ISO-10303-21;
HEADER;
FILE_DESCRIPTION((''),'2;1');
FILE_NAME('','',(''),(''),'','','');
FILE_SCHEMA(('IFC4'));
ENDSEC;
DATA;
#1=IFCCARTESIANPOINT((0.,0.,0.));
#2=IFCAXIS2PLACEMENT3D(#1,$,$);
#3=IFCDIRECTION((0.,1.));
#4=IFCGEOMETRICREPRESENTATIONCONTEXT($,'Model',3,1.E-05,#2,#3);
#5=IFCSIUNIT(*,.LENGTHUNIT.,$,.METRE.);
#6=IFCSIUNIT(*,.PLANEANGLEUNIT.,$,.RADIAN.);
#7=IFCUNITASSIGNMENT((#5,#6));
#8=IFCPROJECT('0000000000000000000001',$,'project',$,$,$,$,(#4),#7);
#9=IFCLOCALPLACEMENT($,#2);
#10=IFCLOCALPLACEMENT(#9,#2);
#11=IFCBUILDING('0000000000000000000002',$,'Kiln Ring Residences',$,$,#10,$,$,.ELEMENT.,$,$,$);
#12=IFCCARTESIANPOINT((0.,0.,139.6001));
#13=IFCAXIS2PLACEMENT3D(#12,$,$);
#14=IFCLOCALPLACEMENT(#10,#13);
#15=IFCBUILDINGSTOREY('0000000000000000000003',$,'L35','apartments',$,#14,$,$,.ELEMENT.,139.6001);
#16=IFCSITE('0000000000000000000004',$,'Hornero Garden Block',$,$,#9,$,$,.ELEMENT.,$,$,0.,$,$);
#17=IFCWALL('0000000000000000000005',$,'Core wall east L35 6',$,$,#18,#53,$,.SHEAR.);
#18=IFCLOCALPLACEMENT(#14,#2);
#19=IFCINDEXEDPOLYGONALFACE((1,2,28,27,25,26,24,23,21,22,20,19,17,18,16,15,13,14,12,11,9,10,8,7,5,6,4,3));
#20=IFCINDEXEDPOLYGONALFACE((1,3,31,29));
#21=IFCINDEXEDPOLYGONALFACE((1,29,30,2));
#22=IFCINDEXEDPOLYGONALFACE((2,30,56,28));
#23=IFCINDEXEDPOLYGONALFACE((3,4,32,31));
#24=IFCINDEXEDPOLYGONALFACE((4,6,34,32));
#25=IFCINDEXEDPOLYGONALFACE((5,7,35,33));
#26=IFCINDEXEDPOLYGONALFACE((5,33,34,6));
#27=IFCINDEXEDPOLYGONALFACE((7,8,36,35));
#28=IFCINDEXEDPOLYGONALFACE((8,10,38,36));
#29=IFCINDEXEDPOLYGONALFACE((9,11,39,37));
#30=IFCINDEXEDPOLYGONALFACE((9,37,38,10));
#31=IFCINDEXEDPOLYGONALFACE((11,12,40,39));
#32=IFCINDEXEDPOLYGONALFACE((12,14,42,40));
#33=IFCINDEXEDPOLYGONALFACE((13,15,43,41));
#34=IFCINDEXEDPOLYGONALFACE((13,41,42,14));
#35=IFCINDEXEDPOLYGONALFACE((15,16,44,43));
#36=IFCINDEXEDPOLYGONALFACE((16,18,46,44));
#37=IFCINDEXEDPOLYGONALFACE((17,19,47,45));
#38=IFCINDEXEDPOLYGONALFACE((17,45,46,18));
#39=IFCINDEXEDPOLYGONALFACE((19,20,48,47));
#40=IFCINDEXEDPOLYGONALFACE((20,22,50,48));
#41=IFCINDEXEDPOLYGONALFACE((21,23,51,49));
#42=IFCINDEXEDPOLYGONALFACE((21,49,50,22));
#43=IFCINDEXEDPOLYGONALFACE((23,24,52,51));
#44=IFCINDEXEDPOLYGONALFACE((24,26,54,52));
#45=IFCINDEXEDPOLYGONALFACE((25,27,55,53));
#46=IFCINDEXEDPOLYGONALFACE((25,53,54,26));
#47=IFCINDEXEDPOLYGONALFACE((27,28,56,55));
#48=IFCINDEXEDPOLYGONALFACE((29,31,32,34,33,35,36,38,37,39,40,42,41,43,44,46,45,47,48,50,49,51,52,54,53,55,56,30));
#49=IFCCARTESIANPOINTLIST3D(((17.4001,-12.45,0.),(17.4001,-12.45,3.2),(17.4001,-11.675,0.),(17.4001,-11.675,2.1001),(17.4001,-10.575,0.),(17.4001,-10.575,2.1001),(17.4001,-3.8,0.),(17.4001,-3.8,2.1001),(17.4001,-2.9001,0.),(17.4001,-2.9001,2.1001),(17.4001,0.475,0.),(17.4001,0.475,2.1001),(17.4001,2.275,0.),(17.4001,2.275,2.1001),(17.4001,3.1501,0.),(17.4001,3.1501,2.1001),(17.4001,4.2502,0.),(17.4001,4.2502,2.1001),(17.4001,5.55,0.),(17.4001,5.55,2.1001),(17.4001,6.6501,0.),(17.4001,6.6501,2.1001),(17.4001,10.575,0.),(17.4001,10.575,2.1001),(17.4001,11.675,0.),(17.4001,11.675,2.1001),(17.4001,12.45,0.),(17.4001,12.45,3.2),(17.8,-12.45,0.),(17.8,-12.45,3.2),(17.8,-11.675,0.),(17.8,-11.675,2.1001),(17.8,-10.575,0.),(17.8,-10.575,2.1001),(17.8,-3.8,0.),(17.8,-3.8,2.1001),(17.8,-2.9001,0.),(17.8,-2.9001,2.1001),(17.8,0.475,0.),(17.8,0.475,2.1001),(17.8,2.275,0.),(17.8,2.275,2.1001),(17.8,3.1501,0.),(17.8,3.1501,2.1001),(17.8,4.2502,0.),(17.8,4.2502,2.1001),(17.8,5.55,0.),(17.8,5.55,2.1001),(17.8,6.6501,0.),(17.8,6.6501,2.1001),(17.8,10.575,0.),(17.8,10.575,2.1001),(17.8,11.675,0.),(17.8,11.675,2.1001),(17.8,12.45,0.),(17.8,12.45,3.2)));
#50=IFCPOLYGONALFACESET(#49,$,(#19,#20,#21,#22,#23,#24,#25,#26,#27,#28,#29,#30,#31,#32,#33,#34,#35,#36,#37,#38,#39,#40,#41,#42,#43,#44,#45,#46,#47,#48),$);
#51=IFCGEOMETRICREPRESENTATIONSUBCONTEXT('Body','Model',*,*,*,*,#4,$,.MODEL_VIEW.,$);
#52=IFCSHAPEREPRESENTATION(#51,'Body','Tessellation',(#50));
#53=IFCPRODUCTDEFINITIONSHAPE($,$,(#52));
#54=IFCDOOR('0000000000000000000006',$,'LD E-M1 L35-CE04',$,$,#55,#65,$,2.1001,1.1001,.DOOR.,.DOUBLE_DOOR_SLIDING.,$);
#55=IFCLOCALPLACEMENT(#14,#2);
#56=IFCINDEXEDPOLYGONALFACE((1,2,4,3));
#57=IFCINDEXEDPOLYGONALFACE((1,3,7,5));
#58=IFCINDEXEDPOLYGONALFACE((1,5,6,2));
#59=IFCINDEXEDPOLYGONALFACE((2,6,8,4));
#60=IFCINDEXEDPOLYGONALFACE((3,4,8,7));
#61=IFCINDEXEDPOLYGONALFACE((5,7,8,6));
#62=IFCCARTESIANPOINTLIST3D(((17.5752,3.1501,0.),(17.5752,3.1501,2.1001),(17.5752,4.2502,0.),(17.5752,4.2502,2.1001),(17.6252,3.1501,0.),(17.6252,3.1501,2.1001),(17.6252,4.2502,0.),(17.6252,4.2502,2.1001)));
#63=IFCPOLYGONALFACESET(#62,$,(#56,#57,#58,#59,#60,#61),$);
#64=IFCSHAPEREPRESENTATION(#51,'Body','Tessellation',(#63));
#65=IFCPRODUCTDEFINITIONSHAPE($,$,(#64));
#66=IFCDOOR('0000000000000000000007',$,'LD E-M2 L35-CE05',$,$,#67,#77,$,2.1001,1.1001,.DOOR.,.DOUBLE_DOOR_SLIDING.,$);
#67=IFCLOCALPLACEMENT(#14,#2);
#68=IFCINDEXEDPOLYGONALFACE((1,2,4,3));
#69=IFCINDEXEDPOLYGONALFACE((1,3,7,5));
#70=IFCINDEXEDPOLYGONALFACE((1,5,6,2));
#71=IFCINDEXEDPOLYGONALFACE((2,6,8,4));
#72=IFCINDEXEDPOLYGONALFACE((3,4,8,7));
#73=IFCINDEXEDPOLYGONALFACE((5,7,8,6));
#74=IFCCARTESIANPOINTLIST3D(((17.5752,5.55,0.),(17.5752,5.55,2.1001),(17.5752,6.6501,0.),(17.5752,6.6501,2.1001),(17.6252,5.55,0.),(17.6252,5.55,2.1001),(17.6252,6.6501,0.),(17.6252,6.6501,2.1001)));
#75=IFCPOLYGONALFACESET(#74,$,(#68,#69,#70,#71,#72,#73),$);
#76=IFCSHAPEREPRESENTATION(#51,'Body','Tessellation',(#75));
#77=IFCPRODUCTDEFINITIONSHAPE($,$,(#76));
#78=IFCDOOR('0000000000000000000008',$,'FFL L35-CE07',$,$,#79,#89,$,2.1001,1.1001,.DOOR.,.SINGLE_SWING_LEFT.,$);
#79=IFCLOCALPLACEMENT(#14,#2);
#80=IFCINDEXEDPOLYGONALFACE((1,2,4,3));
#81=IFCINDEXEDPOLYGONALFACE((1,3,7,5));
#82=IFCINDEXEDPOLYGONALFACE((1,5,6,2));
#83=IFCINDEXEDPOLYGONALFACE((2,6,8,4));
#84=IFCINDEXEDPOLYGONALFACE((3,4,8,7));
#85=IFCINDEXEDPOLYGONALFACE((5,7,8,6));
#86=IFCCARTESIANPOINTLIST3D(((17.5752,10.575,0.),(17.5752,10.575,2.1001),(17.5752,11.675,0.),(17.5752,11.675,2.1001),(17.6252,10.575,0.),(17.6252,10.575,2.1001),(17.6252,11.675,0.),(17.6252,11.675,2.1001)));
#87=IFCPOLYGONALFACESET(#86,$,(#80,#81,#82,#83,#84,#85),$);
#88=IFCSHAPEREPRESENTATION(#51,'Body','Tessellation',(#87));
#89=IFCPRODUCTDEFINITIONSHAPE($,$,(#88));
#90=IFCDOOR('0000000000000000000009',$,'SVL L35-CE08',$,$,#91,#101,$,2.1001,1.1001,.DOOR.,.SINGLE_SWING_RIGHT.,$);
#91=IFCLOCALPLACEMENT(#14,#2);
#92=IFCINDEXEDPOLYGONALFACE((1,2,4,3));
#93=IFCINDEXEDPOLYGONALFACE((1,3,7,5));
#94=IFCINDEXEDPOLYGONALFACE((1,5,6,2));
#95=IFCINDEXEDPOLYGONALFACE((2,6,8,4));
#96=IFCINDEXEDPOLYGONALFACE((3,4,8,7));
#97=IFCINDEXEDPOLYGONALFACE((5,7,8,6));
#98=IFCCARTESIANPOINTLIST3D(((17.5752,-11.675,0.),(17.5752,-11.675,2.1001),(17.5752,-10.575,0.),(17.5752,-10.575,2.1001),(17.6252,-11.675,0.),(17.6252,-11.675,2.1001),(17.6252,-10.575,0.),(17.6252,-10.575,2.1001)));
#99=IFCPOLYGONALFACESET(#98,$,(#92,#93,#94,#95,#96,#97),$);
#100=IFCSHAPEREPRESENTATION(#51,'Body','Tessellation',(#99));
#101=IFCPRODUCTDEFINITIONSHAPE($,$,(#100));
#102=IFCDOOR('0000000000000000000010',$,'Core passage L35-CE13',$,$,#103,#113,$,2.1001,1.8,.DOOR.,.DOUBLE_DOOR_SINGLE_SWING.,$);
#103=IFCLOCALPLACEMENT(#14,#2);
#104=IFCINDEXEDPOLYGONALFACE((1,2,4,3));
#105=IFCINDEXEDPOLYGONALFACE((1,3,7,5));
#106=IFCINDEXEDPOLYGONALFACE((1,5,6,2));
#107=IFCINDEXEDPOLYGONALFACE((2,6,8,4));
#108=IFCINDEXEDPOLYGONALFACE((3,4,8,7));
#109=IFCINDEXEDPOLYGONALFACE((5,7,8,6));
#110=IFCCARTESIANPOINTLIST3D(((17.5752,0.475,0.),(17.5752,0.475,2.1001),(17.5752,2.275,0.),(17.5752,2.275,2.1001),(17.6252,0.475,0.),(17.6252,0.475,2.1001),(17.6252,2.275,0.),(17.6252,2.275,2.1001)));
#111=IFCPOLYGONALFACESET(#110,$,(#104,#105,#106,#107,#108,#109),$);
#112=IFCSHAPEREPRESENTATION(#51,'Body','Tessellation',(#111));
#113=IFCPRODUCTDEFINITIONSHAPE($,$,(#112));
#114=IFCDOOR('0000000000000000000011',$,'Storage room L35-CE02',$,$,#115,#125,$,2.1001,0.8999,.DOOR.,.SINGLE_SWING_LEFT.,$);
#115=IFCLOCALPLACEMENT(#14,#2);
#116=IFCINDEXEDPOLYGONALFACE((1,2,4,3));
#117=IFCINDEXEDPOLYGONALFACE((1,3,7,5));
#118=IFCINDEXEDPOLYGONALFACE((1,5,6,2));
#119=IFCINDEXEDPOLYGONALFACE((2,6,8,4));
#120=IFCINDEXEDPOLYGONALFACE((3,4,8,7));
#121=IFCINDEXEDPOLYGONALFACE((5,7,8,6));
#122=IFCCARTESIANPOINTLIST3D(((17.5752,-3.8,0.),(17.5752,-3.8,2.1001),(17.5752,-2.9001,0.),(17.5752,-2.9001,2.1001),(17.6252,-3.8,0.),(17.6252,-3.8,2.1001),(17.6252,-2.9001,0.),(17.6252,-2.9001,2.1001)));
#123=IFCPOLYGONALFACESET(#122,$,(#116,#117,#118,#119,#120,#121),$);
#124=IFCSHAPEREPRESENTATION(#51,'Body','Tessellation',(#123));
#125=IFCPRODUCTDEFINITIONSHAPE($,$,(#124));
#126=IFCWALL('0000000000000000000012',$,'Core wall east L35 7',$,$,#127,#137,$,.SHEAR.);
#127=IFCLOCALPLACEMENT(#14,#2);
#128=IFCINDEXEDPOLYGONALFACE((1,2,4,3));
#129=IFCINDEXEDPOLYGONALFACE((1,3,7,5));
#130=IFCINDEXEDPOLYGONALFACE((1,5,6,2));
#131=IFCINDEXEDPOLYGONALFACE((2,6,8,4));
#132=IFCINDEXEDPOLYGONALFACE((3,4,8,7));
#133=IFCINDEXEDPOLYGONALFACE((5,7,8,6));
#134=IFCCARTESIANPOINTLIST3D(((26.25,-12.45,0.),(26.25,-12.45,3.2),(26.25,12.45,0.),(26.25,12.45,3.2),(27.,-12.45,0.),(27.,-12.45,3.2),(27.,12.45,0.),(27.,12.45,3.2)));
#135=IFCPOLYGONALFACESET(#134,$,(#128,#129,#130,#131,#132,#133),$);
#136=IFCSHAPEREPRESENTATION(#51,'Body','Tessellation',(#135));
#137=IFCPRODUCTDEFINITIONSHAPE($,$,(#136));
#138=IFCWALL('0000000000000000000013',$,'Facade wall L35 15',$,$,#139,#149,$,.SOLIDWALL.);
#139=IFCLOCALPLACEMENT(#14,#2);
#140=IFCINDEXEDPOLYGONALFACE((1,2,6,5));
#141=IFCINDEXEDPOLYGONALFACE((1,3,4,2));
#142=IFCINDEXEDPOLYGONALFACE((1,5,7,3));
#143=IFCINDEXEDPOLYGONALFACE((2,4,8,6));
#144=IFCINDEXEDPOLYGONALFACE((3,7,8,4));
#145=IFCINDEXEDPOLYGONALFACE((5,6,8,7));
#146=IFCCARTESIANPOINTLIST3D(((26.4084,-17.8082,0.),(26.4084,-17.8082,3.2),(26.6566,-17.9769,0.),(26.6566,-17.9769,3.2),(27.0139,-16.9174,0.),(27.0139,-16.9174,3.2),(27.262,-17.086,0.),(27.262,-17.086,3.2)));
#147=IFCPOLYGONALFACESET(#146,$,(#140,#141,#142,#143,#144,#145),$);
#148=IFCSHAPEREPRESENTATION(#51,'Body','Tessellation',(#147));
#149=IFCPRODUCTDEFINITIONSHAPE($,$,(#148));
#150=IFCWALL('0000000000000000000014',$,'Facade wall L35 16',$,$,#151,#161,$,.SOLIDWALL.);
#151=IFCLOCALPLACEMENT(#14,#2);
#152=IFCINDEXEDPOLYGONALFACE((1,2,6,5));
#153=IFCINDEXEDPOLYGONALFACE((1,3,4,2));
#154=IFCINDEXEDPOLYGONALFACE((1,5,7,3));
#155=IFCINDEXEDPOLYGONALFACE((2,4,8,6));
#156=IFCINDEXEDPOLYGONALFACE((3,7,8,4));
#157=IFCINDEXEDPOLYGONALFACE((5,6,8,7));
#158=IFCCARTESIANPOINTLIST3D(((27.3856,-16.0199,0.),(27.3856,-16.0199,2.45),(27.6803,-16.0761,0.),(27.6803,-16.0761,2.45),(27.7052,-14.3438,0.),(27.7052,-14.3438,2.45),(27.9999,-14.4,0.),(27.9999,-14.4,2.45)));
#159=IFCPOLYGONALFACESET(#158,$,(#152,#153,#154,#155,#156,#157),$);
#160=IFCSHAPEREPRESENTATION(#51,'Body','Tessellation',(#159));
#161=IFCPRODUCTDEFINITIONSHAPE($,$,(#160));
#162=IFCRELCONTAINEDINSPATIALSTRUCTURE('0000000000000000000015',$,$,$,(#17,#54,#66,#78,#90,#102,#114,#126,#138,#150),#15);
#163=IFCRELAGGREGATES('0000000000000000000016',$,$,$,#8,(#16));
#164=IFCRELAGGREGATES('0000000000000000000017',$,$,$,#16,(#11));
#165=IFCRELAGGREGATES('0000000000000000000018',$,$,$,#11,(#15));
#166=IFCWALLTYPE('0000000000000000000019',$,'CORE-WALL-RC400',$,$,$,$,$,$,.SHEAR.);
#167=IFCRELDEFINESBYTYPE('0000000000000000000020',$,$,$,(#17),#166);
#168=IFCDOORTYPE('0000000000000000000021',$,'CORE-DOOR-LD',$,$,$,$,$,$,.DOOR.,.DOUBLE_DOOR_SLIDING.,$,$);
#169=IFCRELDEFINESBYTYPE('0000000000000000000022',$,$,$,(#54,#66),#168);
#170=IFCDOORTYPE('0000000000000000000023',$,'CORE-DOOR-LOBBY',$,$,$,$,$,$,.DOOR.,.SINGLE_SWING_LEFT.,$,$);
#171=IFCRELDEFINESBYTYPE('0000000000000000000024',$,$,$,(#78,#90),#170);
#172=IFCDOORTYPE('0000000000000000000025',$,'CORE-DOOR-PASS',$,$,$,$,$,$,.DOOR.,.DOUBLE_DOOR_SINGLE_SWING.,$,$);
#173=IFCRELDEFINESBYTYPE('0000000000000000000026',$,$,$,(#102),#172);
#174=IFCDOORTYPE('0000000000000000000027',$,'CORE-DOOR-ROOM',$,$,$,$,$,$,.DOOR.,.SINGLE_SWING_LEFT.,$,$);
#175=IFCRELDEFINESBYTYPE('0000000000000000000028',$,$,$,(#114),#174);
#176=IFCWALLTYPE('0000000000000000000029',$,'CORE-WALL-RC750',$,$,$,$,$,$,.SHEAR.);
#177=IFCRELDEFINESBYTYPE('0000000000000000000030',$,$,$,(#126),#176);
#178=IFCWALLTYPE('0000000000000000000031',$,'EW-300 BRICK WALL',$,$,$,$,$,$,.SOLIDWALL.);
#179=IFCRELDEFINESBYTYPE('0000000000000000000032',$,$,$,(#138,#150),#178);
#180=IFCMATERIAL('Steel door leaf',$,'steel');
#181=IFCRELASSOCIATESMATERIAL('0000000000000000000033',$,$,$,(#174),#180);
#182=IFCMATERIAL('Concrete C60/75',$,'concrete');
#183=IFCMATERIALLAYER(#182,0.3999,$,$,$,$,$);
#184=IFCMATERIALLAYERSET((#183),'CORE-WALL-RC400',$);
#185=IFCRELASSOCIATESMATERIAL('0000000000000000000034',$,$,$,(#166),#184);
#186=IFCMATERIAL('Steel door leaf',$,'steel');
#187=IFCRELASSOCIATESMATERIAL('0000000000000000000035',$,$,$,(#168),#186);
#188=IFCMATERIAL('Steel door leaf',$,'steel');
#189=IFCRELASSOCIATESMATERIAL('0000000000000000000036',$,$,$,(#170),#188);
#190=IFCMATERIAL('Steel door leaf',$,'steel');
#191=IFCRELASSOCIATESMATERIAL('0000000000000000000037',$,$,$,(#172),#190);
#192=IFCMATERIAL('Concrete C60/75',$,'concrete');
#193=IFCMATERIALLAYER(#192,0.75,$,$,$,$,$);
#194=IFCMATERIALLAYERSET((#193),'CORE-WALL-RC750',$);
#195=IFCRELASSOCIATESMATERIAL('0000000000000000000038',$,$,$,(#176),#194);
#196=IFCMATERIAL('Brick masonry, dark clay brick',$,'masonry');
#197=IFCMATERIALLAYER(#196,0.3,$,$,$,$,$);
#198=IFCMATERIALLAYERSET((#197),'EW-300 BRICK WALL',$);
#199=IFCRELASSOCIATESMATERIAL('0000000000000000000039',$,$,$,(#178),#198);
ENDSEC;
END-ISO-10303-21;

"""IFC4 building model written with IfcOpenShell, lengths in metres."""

from ifc_helpers import new_model, si_unit, direction, frame, frame_2d, origin, place, context, subcontext, project, spatial, rectangle, extrude, material, layer, layer_set, type_object, element, fill, save


model = new_model("IFC4")

# Units and contexts
model_context = context("Model", 3, precision=1e-05, world=origin(), true_north=direction((0.0, 1.0)))
body_context = subcontext(model_context, "Body", "Model", "MODEL_VIEW")
ifc_project = project(units=[si_unit("LENGTHUNIT", "METRE"), si_unit("PLANEANGLEUNIT", "RADIAN")], contexts=[model_context])

# Site, building, storey
site_placement = place(None, origin())
site = spatial("IfcSite", under=ifc_project, at=site_placement, Name="Hornero Garden Block", CompositionType="ELEMENT", RefElevation=0.0)
building_placement = place(site_placement, origin())
building = spatial("IfcBuilding", under=site, at=building_placement, Name="Kiln Ring Residences", CompositionType="ELEMENT")
storey_placement = place(building_placement, frame((0.0, 0.0, 139.6001)))
storey = spatial("IfcBuildingStorey", under=building, at=storey_placement, Name="L35", Description="apartments", CompositionType="ELEMENT", Elevation=139.6001)

# Shared definitions
ifc_material_1 = material(Name="Steel door leaf", Category="steel")
door_type_1 = type_object("IfcDoorType", Name="CORE-DOOR-ROOM", OperationType="SINGLE_SWING_LEFT", PredefinedType="DOOR", material=ifc_material_1)

# Wall, openings, doors
ifc_material_2 = material(Name="Concrete C60/75", Category="concrete")
ifc_layer_1 = layer(ifc_material_2, 0.3999)
ifc_layer_set_1 = layer_set([ifc_layer_1], Name="CORE-WALL-RC400")
wall_type_1 = type_object("IfcWallType", Name="CORE-WALL-RC400", PredefinedType="SHEAR", material=ifc_layer_set_1)
wall_1_placement = place(storey_placement, frame((17.6001, -12.45, 0.0), z_axis=(0.0, 0.0, 1.0), x_axis=(0.0, 1.0, 0.0)))
wall_1 = element("IfcWall", 1, at=wall_1_placement, inside=storey, type_object=wall_type_1, Name="Core wall east L35 6", PredefinedType="SHEAR", context=body_context, shape_type="SweptSolid", body=[
    extrude(rectangle(XDim=24.8999, YDim=0.3999, at=frame_2d((12.45, 0.0))), origin(), (0.0, 0.0, 1.0), 3.2),
])
opening_1_placement = place(wall_1_placement, frame((8.6499, 0.0, 0.0)))
opening_1 = element("IfcOpeningElement", 2, at=opening_1_placement, cuts=wall_1, PredefinedType="OPENING", context=body_context, shape_type="SweptSolid", body=[
    extrude(rectangle(XDim=0.8999, YDim=2.1001, at=frame_2d((0.45, 1.05))), frame((0.0, 0.21, 0.0), z_axis=(0.0, -1.0, 0.0), x_axis=(1.0, 0.0, 0.0)), (0.0, 0.0, 1.0), 0.4199),
])
opening_2_placement = place(wall_1_placement, frame((15.6001, 0.0, 0.0)))
opening_2 = element("IfcOpeningElement", 3, at=opening_2_placement, cuts=wall_1, PredefinedType="OPENING", context=body_context, shape_type="SweptSolid", body=[
    extrude(rectangle(XDim=1.1001, YDim=2.1001, at=frame_2d((0.55, 1.05))), frame((0.0, 0.21, 0.0), z_axis=(0.0, -1.0, 0.0), x_axis=(1.0, 0.0, 0.0)), (0.0, 0.0, 1.0), 0.4199),
])
opening_3_placement = place(wall_1_placement, frame((18.0, 0.0, 0.0)))
opening_3 = element("IfcOpeningElement", 4, at=opening_3_placement, cuts=wall_1, PredefinedType="OPENING", context=body_context, shape_type="SweptSolid", body=[
    extrude(rectangle(XDim=1.1001, YDim=2.1001, at=frame_2d((0.55, 1.05))), frame((0.0, 0.21, 0.0), z_axis=(0.0, -1.0, 0.0), x_axis=(1.0, 0.0, 0.0)), (0.0, 0.0, 1.0), 0.4199),
])
opening_4_placement = place(wall_1_placement, frame((23.0249, 0.0, 0.0)))
opening_4 = element("IfcOpeningElement", 5, at=opening_4_placement, cuts=wall_1, PredefinedType="OPENING", context=body_context, shape_type="SweptSolid", body=[
    extrude(rectangle(XDim=1.1001, YDim=2.1001, at=frame_2d((0.55, 1.05))), frame((0.0, 0.21, 0.0), z_axis=(0.0, -1.0, 0.0), x_axis=(1.0, 0.0, 0.0)), (0.0, 0.0, 1.0), 0.4199),
])
opening_5_placement = place(wall_1_placement, frame((0.7749, 0.0, 0.0)))
opening_5 = element("IfcOpeningElement", 6, at=opening_5_placement, cuts=wall_1, PredefinedType="OPENING", context=body_context, shape_type="SweptSolid", body=[
    extrude(rectangle(XDim=1.1001, YDim=2.1001, at=frame_2d((0.55, 1.05))), frame((0.0, 0.21, 0.0), z_axis=(0.0, -1.0, 0.0), x_axis=(1.0, 0.0, 0.0)), (0.0, 0.0, 1.0), 0.4199),
])
opening_6_placement = place(wall_1_placement, frame((12.925, 0.0, 0.0)))
opening_6 = element("IfcOpeningElement", 7, at=opening_6_placement, cuts=wall_1, PredefinedType="OPENING", context=body_context, shape_type="SweptSolid", body=[
    extrude(rectangle(XDim=1.8, YDim=2.1001, at=frame_2d((0.8999, 1.05))), frame((0.0, 0.21, 0.0), z_axis=(0.0, -1.0, 0.0), x_axis=(1.0, 0.0, 0.0)), (0.0, 0.0, 1.0), 0.4199),
])
ifc_material_3 = material(Name="Steel door leaf", Category="steel")
door_type_2 = type_object("IfcDoorType", Name="CORE-DOOR-LD", OperationType="DOUBLE_DOOR_SLIDING", PredefinedType="DOOR", material=ifc_material_3)
door_1_placement = place(opening_2_placement, origin())
door_1 = element("IfcDoor", 8, at=door_1_placement, inside=storey, type_object=door_type_2, Name="LD E-M1 L35-CE04", OperationType="DOUBLE_DOOR_SLIDING", OverallHeight=2.1001, OverallWidth=1.1001, PredefinedType="DOOR", context=body_context, shape_type="SweptSolid", body=[
    extrude(rectangle(XDim=1.1001, YDim=2.1001, at=frame_2d((0.55, 1.05))), frame((0.0, 0.0249, 0.0), z_axis=(0.0, -1.0, 0.0), x_axis=(1.0, 0.0, 0.0)), (0.0, 0.0, 1.0), 0.05),
])
fill(opening_2, door_1)
door_2_placement = place(opening_3_placement, origin())
door_2 = element("IfcDoor", 9, at=door_2_placement, inside=storey, type_object=door_type_2, Name="LD E-M2 L35-CE05", OperationType="DOUBLE_DOOR_SLIDING", OverallHeight=2.1001, OverallWidth=1.1001, PredefinedType="DOOR", context=body_context, shape_type="SweptSolid", body=[
    extrude(rectangle(XDim=1.1001, YDim=2.1001, at=frame_2d((0.55, 1.05))), frame((0.0, 0.0249, 0.0), z_axis=(0.0, -1.0, 0.0), x_axis=(1.0, 0.0, 0.0)), (0.0, 0.0, 1.0), 0.05),
])
fill(opening_3, door_2)
ifc_material_4 = material(Name="Steel door leaf", Category="steel")
door_type_3 = type_object("IfcDoorType", Name="CORE-DOOR-LOBBY", OperationType="SINGLE_SWING_LEFT", PredefinedType="DOOR", material=ifc_material_4)
door_3_placement = place(opening_4_placement, origin())
door_3 = element("IfcDoor", 10, at=door_3_placement, inside=storey, type_object=door_type_3, Name="FFL L35-CE07", OperationType="SINGLE_SWING_LEFT", OverallHeight=2.1001, OverallWidth=1.1001, PredefinedType="DOOR", context=body_context, shape_type="SweptSolid", body=[
    extrude(rectangle(XDim=1.1001, YDim=2.1001, at=frame_2d((0.55, 1.05))), frame((0.0, 0.0249, 0.0), z_axis=(0.0, -1.0, 0.0), x_axis=(1.0, 0.0, 0.0)), (0.0, 0.0, 1.0), 0.05),
])
fill(opening_4, door_3)
door_4_placement = place(opening_5_placement, origin())
door_4 = element("IfcDoor", 11, at=door_4_placement, inside=storey, type_object=door_type_3, Name="SVL L35-CE08", OperationType="SINGLE_SWING_RIGHT", OverallHeight=2.1001, OverallWidth=1.1001, PredefinedType="DOOR", context=body_context, shape_type="SweptSolid", body=[
    extrude(rectangle(XDim=1.1001, YDim=2.1001, at=frame_2d((0.55, 1.05))), frame((0.0, 0.0249, 0.0), z_axis=(0.0, -1.0, 0.0), x_axis=(1.0, 0.0, 0.0)), (0.0, 0.0, 1.0), 0.05),
])
fill(opening_5, door_4)
ifc_material_5 = material(Name="Steel door leaf", Category="steel")
door_type_4 = type_object("IfcDoorType", Name="CORE-DOOR-PASS", OperationType="DOUBLE_DOOR_SINGLE_SWING", PredefinedType="DOOR", material=ifc_material_5)
door_5_placement = place(opening_6_placement, origin())
door_5 = element("IfcDoor", 12, at=door_5_placement, inside=storey, type_object=door_type_4, Name="Core passage L35-CE13", OperationType="DOUBLE_DOOR_SINGLE_SWING", OverallHeight=2.1001, OverallWidth=1.8, PredefinedType="DOOR", context=body_context, shape_type="SweptSolid", body=[
    extrude(rectangle(XDim=1.8, YDim=2.1001, at=frame_2d((0.8999, 1.05))), frame((0.0, 0.0249, 0.0), z_axis=(0.0, -1.0, 0.0), x_axis=(1.0, 0.0, 0.0)), (0.0, 0.0, 1.0), 0.05),
])
fill(opening_6, door_5)
door_6_placement = place(opening_1_placement, origin())
door_6 = element("IfcDoor", 13, at=door_6_placement, inside=storey, type_object=door_type_1, Name="Storage room L35-CE02", OperationType="SINGLE_SWING_LEFT", OverallHeight=2.1001, OverallWidth=0.8999, PredefinedType="DOOR", context=body_context, shape_type="SweptSolid", body=[
    extrude(rectangle(XDim=0.8999, YDim=2.1001, at=frame_2d((0.45, 1.05))), frame((0.0, 0.0249, 0.0), z_axis=(0.0, -1.0, 0.0), x_axis=(1.0, 0.0, 0.0)), (0.0, 0.0, 1.0), 0.05),
])
fill(opening_1, door_6)

# Walls
ifc_material_6 = material(Name="Concrete C60/75", Category="concrete")
ifc_layer_2 = layer(ifc_material_6, 0.75)
ifc_layer_set_2 = layer_set([ifc_layer_2], Name="CORE-WALL-RC750")
wall_type_2 = type_object("IfcWallType", Name="CORE-WALL-RC750", PredefinedType="SHEAR", material=ifc_layer_set_2)
wall_2_placement = place(storey_placement, frame((26.625, -12.45, 0.0), z_axis=(0.0, 0.0, 1.0), x_axis=(0.0, 1.0, 0.0)))
element("IfcWall", 14, at=wall_2_placement, inside=storey, type_object=wall_type_2, Name="Core wall east L35 7", PredefinedType="SHEAR", context=body_context, shape_type="SweptSolid", body=[
    extrude(rectangle(XDim=24.8999, YDim=0.75, at=frame_2d((12.45, 0.0))), origin(), (0.0, 0.0, 1.0), 3.2),
])
ifc_material_7 = material(Name="Brick masonry, dark clay brick", Category="masonry")
ifc_layer_3 = layer(ifc_material_7, 0.3)
ifc_layer_set_3 = layer_set([ifc_layer_3], Name="EW-300 BRICK WALL")
wall_type_3 = type_object("IfcWallType", Name="EW-300 BRICK WALL", PredefinedType="SOLIDWALL", material=ifc_layer_set_3)
wall_3_placement = place(storey_placement, frame((26.5325, -17.8926, 0.0), z_axis=(0.0, 0.0, 1.0), x_axis=(0.562105, 0.827066, 0.0)))
element("IfcWall", 15, at=wall_3_placement, inside=storey, type_object=wall_type_3, Name="Facade wall L35 15", PredefinedType="SOLIDWALL", context=body_context, shape_type="SweptSolid", body=[
    extrude(rectangle(XDim=1.0771, YDim=0.3, at=frame_2d((0.5386, 0.0))), origin(), (0.0, 0.0, 1.0), 3.2),
])
wall_4_placement = place(storey_placement, frame((27.533, -16.0479, 0.0), z_axis=(0.0, 0.0, 1.0), x_axis=(0.187303, 0.982302, 0.0)))
element("IfcWall", 16, at=wall_4_placement, inside=storey, type_object=wall_type_3, Name="Facade wall L35 16", PredefinedType="SOLIDWALL", context=body_context, shape_type="SweptSolid", body=[
    extrude(rectangle(XDim=1.7063, YDim=0.3, at=frame_2d((0.853, 0.0))), origin(), (0.0, 0.0, 1.0), 2.45),
])

save(model, "model.ifc")
